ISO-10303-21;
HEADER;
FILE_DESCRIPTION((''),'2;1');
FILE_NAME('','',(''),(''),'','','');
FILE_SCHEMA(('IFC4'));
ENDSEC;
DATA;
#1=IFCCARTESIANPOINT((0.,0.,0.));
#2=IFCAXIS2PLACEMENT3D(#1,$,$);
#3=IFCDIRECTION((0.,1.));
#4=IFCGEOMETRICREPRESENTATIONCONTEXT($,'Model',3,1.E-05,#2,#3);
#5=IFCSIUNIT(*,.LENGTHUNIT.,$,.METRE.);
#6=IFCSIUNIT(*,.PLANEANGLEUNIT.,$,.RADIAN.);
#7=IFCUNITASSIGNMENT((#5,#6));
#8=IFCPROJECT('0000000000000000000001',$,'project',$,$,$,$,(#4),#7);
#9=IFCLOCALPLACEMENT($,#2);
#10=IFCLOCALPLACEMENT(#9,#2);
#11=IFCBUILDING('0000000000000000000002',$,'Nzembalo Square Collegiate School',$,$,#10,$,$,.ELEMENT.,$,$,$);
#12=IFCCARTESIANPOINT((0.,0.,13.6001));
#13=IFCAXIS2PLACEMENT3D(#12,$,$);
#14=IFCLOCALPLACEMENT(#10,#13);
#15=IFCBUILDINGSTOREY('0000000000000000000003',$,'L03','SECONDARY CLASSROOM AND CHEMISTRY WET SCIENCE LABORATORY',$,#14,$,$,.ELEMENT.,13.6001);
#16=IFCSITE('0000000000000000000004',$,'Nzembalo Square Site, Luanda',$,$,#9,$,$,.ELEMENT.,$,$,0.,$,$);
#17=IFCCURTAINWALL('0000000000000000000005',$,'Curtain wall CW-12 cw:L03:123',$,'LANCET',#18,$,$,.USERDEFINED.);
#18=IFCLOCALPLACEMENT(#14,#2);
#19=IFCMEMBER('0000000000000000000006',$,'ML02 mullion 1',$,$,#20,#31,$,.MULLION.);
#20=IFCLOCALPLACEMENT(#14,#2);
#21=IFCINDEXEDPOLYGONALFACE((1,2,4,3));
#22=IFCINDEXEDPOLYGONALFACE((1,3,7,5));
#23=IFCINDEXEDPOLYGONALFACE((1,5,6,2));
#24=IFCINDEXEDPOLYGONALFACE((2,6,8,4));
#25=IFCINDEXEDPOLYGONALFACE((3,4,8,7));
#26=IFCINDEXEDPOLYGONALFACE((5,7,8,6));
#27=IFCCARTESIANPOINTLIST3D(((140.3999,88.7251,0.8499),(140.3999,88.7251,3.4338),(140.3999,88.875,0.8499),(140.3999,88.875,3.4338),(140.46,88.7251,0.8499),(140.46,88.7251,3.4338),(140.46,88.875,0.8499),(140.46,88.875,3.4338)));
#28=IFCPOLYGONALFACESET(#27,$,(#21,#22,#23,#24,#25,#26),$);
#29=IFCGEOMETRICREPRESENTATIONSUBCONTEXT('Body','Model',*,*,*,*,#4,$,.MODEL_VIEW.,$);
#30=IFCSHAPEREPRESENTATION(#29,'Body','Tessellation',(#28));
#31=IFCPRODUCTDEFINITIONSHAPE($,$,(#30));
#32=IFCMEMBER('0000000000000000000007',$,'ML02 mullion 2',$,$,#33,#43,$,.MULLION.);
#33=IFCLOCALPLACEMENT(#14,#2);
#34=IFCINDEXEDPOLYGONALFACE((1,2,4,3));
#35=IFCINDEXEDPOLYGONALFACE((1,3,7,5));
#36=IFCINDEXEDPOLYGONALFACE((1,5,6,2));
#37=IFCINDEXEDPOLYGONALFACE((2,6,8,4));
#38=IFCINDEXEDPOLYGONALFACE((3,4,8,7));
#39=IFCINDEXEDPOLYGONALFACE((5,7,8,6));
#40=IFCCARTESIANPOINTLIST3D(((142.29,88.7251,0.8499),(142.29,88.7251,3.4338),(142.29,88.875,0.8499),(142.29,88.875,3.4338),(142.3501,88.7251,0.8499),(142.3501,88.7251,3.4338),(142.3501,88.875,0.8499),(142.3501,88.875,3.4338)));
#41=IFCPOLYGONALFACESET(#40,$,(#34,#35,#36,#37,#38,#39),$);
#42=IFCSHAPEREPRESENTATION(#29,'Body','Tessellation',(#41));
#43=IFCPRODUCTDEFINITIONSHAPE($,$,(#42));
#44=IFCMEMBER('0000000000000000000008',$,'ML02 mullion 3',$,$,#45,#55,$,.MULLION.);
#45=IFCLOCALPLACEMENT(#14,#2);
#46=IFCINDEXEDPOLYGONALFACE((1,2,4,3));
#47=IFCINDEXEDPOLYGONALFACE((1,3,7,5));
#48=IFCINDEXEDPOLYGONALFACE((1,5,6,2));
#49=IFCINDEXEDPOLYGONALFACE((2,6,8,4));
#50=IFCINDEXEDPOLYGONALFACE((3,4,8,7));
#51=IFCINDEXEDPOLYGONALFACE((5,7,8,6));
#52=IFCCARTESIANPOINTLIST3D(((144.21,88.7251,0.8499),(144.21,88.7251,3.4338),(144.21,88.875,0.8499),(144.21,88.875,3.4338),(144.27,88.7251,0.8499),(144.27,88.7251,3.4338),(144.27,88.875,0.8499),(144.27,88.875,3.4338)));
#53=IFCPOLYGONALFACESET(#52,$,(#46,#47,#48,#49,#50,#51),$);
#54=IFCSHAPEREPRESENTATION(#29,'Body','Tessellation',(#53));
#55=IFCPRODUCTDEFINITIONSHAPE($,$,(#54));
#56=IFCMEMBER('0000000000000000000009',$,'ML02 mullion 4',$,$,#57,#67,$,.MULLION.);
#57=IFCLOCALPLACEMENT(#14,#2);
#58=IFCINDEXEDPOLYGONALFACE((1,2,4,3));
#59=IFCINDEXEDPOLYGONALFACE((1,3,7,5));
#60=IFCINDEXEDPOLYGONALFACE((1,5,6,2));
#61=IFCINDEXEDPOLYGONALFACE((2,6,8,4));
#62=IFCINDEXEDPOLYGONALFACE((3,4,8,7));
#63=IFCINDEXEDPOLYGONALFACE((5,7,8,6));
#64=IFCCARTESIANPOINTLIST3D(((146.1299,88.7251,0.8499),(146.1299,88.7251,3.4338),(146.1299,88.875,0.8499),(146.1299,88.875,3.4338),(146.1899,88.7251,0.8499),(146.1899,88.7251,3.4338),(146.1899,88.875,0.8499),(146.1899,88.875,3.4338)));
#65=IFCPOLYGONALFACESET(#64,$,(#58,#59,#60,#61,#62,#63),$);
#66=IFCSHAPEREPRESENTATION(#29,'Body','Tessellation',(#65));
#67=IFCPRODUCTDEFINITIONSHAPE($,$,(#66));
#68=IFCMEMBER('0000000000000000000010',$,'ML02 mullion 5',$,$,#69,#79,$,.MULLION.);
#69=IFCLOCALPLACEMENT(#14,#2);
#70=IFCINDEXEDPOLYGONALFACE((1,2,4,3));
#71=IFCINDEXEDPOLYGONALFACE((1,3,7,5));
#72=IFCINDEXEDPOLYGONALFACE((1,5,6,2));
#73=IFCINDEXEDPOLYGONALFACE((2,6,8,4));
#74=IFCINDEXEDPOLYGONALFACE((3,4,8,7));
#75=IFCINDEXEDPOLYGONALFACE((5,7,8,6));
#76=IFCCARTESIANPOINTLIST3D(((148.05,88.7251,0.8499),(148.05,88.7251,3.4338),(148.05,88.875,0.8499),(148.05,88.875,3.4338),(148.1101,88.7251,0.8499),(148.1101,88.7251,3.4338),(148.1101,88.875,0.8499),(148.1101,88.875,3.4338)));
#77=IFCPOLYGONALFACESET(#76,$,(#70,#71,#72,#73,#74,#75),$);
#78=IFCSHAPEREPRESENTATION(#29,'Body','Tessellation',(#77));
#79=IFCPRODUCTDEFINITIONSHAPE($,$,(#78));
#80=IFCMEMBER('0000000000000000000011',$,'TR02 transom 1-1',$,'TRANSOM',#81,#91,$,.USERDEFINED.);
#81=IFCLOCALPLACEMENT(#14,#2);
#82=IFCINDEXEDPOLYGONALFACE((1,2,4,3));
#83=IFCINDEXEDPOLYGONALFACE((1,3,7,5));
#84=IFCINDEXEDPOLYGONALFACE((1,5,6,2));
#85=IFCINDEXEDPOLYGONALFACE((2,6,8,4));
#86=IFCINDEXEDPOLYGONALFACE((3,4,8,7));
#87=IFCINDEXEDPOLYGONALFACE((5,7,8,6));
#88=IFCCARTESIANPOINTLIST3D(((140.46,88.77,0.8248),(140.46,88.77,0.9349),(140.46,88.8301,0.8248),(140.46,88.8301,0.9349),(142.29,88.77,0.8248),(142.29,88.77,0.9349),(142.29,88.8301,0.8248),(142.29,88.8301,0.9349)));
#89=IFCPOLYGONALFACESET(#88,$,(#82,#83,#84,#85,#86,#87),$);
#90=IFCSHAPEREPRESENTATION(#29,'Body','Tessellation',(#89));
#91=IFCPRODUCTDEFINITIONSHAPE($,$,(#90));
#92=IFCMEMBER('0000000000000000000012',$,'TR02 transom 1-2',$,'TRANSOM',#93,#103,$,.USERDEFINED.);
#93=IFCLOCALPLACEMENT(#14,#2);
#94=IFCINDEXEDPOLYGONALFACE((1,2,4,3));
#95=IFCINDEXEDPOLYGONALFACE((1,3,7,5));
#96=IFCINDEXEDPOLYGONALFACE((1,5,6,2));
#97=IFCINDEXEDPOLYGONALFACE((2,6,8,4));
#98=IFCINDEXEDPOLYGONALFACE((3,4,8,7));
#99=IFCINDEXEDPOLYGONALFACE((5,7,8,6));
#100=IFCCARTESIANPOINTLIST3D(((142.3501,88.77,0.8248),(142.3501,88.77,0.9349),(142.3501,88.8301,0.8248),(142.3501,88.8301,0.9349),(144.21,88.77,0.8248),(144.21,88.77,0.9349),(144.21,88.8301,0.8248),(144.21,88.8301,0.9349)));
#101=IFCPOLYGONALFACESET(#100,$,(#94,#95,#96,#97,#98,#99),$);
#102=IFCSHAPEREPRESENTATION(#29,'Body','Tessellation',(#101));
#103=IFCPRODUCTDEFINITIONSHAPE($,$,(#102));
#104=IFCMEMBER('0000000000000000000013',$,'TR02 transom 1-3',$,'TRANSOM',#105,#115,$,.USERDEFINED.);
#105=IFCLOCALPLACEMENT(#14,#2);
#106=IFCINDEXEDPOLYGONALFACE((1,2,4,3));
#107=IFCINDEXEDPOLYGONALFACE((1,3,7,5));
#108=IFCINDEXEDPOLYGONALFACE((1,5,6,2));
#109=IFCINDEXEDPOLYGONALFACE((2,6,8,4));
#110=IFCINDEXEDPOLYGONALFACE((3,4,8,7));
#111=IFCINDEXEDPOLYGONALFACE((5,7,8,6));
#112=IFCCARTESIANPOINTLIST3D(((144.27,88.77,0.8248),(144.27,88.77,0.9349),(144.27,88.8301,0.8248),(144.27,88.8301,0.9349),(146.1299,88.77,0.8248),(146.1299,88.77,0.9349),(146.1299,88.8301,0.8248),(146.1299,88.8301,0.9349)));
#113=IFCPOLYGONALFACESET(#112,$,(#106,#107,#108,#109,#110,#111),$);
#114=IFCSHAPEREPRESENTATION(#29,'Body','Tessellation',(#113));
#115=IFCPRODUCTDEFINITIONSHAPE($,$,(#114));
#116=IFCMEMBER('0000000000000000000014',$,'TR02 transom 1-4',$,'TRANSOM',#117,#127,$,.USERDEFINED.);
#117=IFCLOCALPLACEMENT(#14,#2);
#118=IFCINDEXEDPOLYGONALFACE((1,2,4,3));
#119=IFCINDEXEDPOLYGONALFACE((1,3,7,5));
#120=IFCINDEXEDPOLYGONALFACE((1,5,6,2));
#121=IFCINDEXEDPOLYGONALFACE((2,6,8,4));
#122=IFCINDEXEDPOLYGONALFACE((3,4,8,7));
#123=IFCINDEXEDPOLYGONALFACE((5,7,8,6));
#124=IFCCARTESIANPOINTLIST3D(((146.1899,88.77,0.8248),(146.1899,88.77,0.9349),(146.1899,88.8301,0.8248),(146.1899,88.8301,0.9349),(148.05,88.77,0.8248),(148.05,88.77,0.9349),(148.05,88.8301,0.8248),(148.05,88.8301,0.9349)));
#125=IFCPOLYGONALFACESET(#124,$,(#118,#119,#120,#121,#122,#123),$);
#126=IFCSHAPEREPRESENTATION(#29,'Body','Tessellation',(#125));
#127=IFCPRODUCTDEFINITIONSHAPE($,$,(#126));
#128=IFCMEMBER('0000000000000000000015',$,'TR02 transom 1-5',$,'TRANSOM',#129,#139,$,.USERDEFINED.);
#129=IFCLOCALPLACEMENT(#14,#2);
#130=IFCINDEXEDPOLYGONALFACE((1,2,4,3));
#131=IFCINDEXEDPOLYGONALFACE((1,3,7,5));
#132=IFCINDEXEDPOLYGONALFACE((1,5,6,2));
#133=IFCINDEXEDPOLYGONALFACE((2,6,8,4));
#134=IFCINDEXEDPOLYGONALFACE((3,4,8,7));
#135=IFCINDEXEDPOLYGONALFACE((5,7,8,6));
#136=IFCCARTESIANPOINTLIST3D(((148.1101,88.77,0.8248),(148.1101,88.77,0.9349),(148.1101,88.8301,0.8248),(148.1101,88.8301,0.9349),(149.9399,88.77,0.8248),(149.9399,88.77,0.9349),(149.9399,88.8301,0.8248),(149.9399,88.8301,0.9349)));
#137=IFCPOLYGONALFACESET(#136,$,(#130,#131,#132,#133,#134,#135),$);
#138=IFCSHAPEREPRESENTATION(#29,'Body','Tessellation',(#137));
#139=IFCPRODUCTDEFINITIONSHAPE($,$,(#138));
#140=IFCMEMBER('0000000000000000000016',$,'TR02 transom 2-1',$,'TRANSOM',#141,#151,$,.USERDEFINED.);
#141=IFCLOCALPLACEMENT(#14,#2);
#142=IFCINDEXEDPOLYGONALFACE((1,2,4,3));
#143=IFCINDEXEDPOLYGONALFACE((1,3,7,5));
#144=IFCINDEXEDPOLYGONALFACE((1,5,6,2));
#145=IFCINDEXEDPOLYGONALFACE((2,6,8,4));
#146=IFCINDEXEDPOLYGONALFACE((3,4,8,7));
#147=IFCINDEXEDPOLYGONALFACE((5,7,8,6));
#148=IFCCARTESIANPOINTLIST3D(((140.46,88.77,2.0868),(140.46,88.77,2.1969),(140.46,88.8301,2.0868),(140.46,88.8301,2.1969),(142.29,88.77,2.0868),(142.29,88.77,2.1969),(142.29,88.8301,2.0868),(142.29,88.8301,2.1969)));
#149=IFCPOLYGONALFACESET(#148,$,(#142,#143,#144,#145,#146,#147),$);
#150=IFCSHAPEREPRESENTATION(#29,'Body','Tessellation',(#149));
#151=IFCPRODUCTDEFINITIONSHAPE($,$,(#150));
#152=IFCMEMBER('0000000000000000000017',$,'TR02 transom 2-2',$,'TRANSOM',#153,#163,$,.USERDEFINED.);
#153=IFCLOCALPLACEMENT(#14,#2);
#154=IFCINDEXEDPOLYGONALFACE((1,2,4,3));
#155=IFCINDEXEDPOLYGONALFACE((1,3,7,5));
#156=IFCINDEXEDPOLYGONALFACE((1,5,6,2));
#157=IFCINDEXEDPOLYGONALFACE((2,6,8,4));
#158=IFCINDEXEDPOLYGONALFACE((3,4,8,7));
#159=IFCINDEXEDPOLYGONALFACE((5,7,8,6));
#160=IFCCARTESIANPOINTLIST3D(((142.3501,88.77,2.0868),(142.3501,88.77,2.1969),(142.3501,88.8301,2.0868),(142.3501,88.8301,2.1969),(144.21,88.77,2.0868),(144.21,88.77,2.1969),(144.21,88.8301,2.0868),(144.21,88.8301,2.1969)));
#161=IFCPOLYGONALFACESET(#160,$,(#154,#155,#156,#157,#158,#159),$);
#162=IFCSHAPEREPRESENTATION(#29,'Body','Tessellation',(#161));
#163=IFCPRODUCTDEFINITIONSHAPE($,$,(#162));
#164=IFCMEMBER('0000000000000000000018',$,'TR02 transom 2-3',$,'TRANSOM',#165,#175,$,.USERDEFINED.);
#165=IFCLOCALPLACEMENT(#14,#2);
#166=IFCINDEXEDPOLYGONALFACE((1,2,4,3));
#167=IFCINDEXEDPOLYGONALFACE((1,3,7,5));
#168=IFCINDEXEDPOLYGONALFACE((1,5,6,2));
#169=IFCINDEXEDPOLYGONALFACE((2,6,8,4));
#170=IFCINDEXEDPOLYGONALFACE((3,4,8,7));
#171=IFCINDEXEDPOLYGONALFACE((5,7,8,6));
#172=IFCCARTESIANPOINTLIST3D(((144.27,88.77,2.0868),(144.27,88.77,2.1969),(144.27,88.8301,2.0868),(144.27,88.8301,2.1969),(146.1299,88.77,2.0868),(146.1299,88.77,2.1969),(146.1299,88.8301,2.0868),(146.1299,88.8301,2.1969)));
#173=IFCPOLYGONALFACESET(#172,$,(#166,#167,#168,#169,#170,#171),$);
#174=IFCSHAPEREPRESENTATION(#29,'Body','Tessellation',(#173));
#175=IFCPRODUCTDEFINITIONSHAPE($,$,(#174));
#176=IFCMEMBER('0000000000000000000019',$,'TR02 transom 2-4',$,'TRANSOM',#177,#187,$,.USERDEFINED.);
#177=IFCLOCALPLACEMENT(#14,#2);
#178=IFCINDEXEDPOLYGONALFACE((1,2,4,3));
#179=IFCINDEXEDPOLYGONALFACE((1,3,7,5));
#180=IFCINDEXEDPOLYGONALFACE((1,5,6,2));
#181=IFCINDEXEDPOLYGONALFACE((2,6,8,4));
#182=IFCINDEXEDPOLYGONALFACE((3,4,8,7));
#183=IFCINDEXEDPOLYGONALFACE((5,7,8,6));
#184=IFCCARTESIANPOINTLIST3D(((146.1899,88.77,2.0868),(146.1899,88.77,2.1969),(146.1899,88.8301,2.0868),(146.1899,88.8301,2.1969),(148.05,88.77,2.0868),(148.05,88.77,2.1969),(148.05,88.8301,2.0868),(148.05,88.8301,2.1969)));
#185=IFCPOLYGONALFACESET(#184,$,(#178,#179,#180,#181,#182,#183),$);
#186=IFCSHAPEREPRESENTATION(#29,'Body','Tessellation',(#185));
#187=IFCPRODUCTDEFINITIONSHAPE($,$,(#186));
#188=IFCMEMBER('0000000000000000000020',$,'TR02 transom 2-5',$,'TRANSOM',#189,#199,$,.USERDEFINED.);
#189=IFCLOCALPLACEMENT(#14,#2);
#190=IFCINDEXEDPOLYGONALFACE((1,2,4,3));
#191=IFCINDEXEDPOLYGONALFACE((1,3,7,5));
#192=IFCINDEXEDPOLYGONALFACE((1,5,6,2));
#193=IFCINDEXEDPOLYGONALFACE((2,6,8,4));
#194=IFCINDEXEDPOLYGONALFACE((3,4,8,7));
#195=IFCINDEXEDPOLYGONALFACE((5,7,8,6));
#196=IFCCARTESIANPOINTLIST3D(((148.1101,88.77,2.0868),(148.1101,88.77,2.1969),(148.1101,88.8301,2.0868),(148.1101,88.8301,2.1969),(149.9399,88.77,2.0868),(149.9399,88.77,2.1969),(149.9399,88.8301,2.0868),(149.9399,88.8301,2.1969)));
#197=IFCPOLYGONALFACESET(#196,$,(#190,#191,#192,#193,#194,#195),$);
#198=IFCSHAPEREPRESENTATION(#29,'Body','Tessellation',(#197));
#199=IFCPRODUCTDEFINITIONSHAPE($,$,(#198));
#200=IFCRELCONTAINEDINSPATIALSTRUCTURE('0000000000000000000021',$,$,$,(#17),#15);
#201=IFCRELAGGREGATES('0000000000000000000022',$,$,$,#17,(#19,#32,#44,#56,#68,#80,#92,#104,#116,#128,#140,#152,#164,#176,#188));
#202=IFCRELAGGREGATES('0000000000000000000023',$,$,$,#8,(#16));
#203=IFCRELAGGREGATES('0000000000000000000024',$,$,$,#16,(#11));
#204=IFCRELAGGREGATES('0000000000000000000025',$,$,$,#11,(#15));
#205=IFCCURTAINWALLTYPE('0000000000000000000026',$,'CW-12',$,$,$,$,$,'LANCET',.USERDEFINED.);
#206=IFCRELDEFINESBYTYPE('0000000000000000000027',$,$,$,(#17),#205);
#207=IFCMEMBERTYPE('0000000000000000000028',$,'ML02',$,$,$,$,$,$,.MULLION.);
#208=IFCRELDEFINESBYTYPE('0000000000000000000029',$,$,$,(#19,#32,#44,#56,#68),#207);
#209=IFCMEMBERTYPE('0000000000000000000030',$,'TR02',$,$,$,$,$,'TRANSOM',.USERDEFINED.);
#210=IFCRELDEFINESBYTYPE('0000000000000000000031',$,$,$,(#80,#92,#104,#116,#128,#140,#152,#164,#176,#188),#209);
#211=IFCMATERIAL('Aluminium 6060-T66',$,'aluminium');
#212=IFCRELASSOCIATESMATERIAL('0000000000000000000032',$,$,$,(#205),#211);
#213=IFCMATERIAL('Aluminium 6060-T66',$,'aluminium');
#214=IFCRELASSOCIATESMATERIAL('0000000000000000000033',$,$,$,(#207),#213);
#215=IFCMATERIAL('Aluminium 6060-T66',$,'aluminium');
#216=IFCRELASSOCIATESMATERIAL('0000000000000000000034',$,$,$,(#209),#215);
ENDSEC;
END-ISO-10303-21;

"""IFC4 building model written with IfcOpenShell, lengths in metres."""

from ifc_helpers import new_model, si_unit, direction, frame, origin, origin_2d, place, context, subcontext, project, spatial, rectangle, extrude, material, material_profile, profile_set, type_object, element, aggregate, save


model = new_model("IFC4")

# Units and contexts
model_context = context("Model", 3, precision=1e-05, world=origin(), true_north=direction((0.0, 1.0)))
body_context = subcontext(model_context, "Body", "Model", "MODEL_VIEW")
ifc_project = project(units=[si_unit("LENGTHUNIT", "METRE"), si_unit("PLANEANGLEUNIT", "RADIAN")], contexts=[model_context])

# Site, building, storey
site_placement = place(None, origin())
site = spatial("IfcSite", under=ifc_project, at=site_placement, Name="Nzembalo Square Site, Luanda", CompositionType="ELEMENT", RefElevation=0.0)
building_placement = place(site_placement, origin())
building = spatial("IfcBuilding", under=site, at=building_placement, Name="Nzembalo Square Collegiate School", CompositionType="ELEMENT")
storey_placement = place(building_placement, frame((0.0, 0.0, 13.6001)))
storey = spatial("IfcBuildingStorey", under=building, at=storey_placement, Name="L03", Description="SECONDARY CLASSROOM AND CHEMISTRY WET SCIENCE LABORATORY", CompositionType="ELEMENT", Elevation=13.6001)

# Curtain wall, members
ifc_material_1 = material(Name="Aluminium 6060-T66", Category="aluminium")
curtain_wall_type = type_object("IfcCurtainWallType", Name="CW-12", ElementType="LANCET", PredefinedType="USERDEFINED", material=ifc_material_1)
curtain_wall_placement = place(storey_placement, origin())
curtain_wall = element("IfcCurtainWall", 1, at=curtain_wall_placement, inside=storey, type_object=curtain_wall_type, Name="Curtain wall CW-12 cw:L03:123", ObjectType="LANCET", PredefinedType="USERDEFINED")
ifc_material_2 = material(Name="Aluminium 6060-T66", Category="aluminium")
ifc_material_profile_1 = material_profile(ifc_material_2, rectangle(XDim=0.0601, YDim=0.1499, at=origin_2d()), Name="ALU M60x150")
ifc_profile_set_1 = profile_set([ifc_material_profile_1], Name="Aluminium 6060-T66")
member_type_1 = type_object("IfcMemberType", Name="ML02", PredefinedType="MULLION", material=ifc_profile_set_1)
member_1_placement = place(storey_placement, frame((140.4299, 88.8, 0.8499), z_axis=(0.0, 0.0, 1.0), x_axis=(1.0, 0.0, 0.0)))
member_1 = element("IfcMember", 2, at=member_1_placement, type_object=member_type_1, Name="ML02 mullion 1", PredefinedType="MULLION", context=body_context, shape_type="SweptSolid", body=[
    extrude(rectangle(XDim=0.0601, YDim=0.1499, at=origin_2d()), origin(), (0.0, 0.0, 1.0), 2.584),
])
member_2_placement = place(storey_placement, frame((142.3201, 88.8, 0.8499), z_axis=(0.0, 0.0, 1.0), x_axis=(1.0, 0.0, 0.0)))
member_2 = element("IfcMember", 3, at=member_2_placement, type_object=member_type_1, Name="ML02 mullion 2", PredefinedType="MULLION", context=body_context, shape_type="SweptSolid", body=[
    extrude(rectangle(XDim=0.0601, YDim=0.1499, at=origin_2d()), origin(), (0.0, 0.0, 1.0), 2.584),
])
member_3_placement = place(storey_placement, frame((144.24, 88.8, 0.8499), z_axis=(0.0, 0.0, 1.0), x_axis=(1.0, 0.0, 0.0)))
member_3 = element("IfcMember", 4, at=member_3_placement, type_object=member_type_1, Name="ML02 mullion 3", PredefinedType="MULLION", context=body_context, shape_type="SweptSolid", body=[
    extrude(rectangle(XDim=0.0601, YDim=0.1499, at=origin_2d()), origin(), (0.0, 0.0, 1.0), 2.584),
])
member_4_placement = place(storey_placement, frame((146.1599, 88.8, 0.8499), z_axis=(0.0, 0.0, 1.0), x_axis=(1.0, 0.0, 0.0)))
member_4 = element("IfcMember", 5, at=member_4_placement, type_object=member_type_1, Name="ML02 mullion 4", PredefinedType="MULLION", context=body_context, shape_type="SweptSolid", body=[
    extrude(rectangle(XDim=0.0601, YDim=0.1499, at=origin_2d()), origin(), (0.0, 0.0, 1.0), 2.584),
])
member_5_placement = place(storey_placement, frame((148.0801, 88.8, 0.8499), z_axis=(0.0, 0.0, 1.0), x_axis=(1.0, 0.0, 0.0)))
member_5 = element("IfcMember", 6, at=member_5_placement, type_object=member_type_1, Name="ML02 mullion 5", PredefinedType="MULLION", context=body_context, shape_type="SweptSolid", body=[
    extrude(rectangle(XDim=0.0601, YDim=0.1499, at=origin_2d()), origin(), (0.0, 0.0, 1.0), 2.584),
])
ifc_material_3 = material(Name="Aluminium 6060-T66", Category="aluminium")
ifc_material_profile_2 = material_profile(ifc_material_3, rectangle(XDim=0.0601, YDim=0.1101, at=origin_2d()), Name="ALU T60x110")
ifc_profile_set_2 = profile_set([ifc_material_profile_2], Name="Aluminium 6060-T66")
member_type_2 = type_object("IfcMemberType", Name="TR02", ElementType="TRANSOM", PredefinedType="USERDEFINED", material=ifc_profile_set_2)
member_6_placement = place(storey_placement, frame((140.46, 88.8, 0.8799), z_axis=(1.0, 0.0, 0.0), x_axis=(0.0, 1.0, 0.0)))
member_6 = element("IfcMember", 7, at=member_6_placement, type_object=member_type_2, Name="TR02 transom 1-1", ObjectType="TRANSOM", PredefinedType="USERDEFINED", context=body_context, shape_type="SweptSolid", body=[
    extrude(rectangle(XDim=0.0601, YDim=0.1101, at=origin_2d()), origin(), (0.0, 0.0, 1.0), 1.8301),
])
member_7_placement = place(storey_placement, frame((142.3501, 88.8, 0.8799), z_axis=(1.0, 0.0, 0.0), x_axis=(0.0, 1.0, 0.0)))
member_7 = element("IfcMember", 8, at=member_7_placement, type_object=member_type_2, Name="TR02 transom 1-2", ObjectType="TRANSOM", PredefinedType="USERDEFINED", context=body_context, shape_type="SweptSolid", body=[
    extrude(rectangle(XDim=0.0601, YDim=0.1101, at=origin_2d()), origin(), (0.0, 0.0, 1.0), 1.8599),
])
member_8_placement = place(storey_placement, frame((144.27, 88.8, 0.8799), z_axis=(1.0, 0.0, 0.0), x_axis=(0.0, 1.0, 0.0)))
member_8 = element("IfcMember", 9, at=member_8_placement, type_object=member_type_2, Name="TR02 transom 1-3", ObjectType="TRANSOM", PredefinedType="USERDEFINED", context=body_context, shape_type="SweptSolid", body=[
    extrude(rectangle(XDim=0.0601, YDim=0.1101, at=origin_2d()), origin(), (0.0, 0.0, 1.0), 1.8599),
])
member_9_placement = place(storey_placement, frame((146.1899, 88.8, 0.8799), z_axis=(1.0, 0.0, 0.0), x_axis=(0.0, 1.0, 0.0)))
member_9 = element("IfcMember", 10, at=member_9_placement, type_object=member_type_2, Name="TR02 transom 1-4", ObjectType="TRANSOM", PredefinedType="USERDEFINED", context=body_context, shape_type="SweptSolid", body=[
    extrude(rectangle(XDim=0.0601, YDim=0.1101, at=origin_2d()), origin(), (0.0, 0.0, 1.0), 1.8601),
])
member_10_placement = place(storey_placement, frame((148.1101, 88.8, 0.8799), z_axis=(1.0, 0.0, 0.0), x_axis=(0.0, 1.0, 0.0)))
member_10 = element("IfcMember", 11, at=member_10_placement, type_object=member_type_2, Name="TR02 transom 1-5", ObjectType="TRANSOM", PredefinedType="USERDEFINED", context=body_context, shape_type="SweptSolid", body=[
    extrude(rectangle(XDim=0.0601, YDim=0.1101, at=origin_2d()), origin(), (0.0, 0.0, 1.0), 1.8298),
])
member_11_placement = place(storey_placement, frame((140.46, 88.8, 2.1418), z_axis=(1.0, 0.0, 0.0), x_axis=(0.0, 1.0, 0.0)))
member_11 = element("IfcMember", 12, at=member_11_placement, type_object=member_type_2, Name="TR02 transom 2-1", ObjectType="TRANSOM", PredefinedType="USERDEFINED", context=body_context, shape_type="SweptSolid", body=[
    extrude(rectangle(XDim=0.0601, YDim=0.1101, at=origin_2d()), origin(), (0.0, 0.0, 1.0), 1.8301),
])
member_12_placement = place(storey_placement, frame((142.3501, 88.8, 2.1418), z_axis=(1.0, 0.0, 0.0), x_axis=(0.0, 1.0, 0.0)))
member_12 = element("IfcMember", 13, at=member_12_placement, type_object=member_type_2, Name="TR02 transom 2-2", ObjectType="TRANSOM", PredefinedType="USERDEFINED", context=body_context, shape_type="SweptSolid", body=[
    extrude(rectangle(XDim=0.0601, YDim=0.1101, at=origin_2d()), origin(), (0.0, 0.0, 1.0), 1.8599),
])
member_13_placement = place(storey_placement, frame((144.27, 88.8, 2.1418), z_axis=(1.0, 0.0, 0.0), x_axis=(0.0, 1.0, 0.0)))
member_13 = element("IfcMember", 14, at=member_13_placement, type_object=member_type_2, Name="TR02 transom 2-3", ObjectType="TRANSOM", PredefinedType="USERDEFINED", context=body_context, shape_type="SweptSolid", body=[
    extrude(rectangle(XDim=0.0601, YDim=0.1101, at=origin_2d()), origin(), (0.0, 0.0, 1.0), 1.8599),
])
member_14_placement = place(storey_placement, frame((146.1899, 88.8, 2.1418), z_axis=(1.0, 0.0, 0.0), x_axis=(0.0, 1.0, 0.0)))
member_14 = element("IfcMember", 15, at=member_14_placement, type_object=member_type_2, Name="TR02 transom 2-4", ObjectType="TRANSOM", PredefinedType="USERDEFINED", context=body_context, shape_type="SweptSolid", body=[
    extrude(rectangle(XDim=0.0601, YDim=0.1101, at=origin_2d()), origin(), (0.0, 0.0, 1.0), 1.8601),
])
member_15_placement = place(storey_placement, frame((148.1101, 88.8, 2.1418), z_axis=(1.0, 0.0, 0.0), x_axis=(0.0, 1.0, 0.0)))
member_15 = element("IfcMember", 16, at=member_15_placement, type_object=member_type_2, Name="TR02 transom 2-5", ObjectType="TRANSOM", PredefinedType="USERDEFINED", context=body_context, shape_type="SweptSolid", body=[
    extrude(rectangle(XDim=0.0601, YDim=0.1101, at=origin_2d()), origin(), (0.0, 0.0, 1.0), 1.8298),
])
aggregate(curtain_wall, [member_1, member_2, member_3, member_4, member_5, member_6, member_7, member_8, member_9, member_10, member_11, member_12, member_13, member_14, member_15])

save(model, "model.ifc")
